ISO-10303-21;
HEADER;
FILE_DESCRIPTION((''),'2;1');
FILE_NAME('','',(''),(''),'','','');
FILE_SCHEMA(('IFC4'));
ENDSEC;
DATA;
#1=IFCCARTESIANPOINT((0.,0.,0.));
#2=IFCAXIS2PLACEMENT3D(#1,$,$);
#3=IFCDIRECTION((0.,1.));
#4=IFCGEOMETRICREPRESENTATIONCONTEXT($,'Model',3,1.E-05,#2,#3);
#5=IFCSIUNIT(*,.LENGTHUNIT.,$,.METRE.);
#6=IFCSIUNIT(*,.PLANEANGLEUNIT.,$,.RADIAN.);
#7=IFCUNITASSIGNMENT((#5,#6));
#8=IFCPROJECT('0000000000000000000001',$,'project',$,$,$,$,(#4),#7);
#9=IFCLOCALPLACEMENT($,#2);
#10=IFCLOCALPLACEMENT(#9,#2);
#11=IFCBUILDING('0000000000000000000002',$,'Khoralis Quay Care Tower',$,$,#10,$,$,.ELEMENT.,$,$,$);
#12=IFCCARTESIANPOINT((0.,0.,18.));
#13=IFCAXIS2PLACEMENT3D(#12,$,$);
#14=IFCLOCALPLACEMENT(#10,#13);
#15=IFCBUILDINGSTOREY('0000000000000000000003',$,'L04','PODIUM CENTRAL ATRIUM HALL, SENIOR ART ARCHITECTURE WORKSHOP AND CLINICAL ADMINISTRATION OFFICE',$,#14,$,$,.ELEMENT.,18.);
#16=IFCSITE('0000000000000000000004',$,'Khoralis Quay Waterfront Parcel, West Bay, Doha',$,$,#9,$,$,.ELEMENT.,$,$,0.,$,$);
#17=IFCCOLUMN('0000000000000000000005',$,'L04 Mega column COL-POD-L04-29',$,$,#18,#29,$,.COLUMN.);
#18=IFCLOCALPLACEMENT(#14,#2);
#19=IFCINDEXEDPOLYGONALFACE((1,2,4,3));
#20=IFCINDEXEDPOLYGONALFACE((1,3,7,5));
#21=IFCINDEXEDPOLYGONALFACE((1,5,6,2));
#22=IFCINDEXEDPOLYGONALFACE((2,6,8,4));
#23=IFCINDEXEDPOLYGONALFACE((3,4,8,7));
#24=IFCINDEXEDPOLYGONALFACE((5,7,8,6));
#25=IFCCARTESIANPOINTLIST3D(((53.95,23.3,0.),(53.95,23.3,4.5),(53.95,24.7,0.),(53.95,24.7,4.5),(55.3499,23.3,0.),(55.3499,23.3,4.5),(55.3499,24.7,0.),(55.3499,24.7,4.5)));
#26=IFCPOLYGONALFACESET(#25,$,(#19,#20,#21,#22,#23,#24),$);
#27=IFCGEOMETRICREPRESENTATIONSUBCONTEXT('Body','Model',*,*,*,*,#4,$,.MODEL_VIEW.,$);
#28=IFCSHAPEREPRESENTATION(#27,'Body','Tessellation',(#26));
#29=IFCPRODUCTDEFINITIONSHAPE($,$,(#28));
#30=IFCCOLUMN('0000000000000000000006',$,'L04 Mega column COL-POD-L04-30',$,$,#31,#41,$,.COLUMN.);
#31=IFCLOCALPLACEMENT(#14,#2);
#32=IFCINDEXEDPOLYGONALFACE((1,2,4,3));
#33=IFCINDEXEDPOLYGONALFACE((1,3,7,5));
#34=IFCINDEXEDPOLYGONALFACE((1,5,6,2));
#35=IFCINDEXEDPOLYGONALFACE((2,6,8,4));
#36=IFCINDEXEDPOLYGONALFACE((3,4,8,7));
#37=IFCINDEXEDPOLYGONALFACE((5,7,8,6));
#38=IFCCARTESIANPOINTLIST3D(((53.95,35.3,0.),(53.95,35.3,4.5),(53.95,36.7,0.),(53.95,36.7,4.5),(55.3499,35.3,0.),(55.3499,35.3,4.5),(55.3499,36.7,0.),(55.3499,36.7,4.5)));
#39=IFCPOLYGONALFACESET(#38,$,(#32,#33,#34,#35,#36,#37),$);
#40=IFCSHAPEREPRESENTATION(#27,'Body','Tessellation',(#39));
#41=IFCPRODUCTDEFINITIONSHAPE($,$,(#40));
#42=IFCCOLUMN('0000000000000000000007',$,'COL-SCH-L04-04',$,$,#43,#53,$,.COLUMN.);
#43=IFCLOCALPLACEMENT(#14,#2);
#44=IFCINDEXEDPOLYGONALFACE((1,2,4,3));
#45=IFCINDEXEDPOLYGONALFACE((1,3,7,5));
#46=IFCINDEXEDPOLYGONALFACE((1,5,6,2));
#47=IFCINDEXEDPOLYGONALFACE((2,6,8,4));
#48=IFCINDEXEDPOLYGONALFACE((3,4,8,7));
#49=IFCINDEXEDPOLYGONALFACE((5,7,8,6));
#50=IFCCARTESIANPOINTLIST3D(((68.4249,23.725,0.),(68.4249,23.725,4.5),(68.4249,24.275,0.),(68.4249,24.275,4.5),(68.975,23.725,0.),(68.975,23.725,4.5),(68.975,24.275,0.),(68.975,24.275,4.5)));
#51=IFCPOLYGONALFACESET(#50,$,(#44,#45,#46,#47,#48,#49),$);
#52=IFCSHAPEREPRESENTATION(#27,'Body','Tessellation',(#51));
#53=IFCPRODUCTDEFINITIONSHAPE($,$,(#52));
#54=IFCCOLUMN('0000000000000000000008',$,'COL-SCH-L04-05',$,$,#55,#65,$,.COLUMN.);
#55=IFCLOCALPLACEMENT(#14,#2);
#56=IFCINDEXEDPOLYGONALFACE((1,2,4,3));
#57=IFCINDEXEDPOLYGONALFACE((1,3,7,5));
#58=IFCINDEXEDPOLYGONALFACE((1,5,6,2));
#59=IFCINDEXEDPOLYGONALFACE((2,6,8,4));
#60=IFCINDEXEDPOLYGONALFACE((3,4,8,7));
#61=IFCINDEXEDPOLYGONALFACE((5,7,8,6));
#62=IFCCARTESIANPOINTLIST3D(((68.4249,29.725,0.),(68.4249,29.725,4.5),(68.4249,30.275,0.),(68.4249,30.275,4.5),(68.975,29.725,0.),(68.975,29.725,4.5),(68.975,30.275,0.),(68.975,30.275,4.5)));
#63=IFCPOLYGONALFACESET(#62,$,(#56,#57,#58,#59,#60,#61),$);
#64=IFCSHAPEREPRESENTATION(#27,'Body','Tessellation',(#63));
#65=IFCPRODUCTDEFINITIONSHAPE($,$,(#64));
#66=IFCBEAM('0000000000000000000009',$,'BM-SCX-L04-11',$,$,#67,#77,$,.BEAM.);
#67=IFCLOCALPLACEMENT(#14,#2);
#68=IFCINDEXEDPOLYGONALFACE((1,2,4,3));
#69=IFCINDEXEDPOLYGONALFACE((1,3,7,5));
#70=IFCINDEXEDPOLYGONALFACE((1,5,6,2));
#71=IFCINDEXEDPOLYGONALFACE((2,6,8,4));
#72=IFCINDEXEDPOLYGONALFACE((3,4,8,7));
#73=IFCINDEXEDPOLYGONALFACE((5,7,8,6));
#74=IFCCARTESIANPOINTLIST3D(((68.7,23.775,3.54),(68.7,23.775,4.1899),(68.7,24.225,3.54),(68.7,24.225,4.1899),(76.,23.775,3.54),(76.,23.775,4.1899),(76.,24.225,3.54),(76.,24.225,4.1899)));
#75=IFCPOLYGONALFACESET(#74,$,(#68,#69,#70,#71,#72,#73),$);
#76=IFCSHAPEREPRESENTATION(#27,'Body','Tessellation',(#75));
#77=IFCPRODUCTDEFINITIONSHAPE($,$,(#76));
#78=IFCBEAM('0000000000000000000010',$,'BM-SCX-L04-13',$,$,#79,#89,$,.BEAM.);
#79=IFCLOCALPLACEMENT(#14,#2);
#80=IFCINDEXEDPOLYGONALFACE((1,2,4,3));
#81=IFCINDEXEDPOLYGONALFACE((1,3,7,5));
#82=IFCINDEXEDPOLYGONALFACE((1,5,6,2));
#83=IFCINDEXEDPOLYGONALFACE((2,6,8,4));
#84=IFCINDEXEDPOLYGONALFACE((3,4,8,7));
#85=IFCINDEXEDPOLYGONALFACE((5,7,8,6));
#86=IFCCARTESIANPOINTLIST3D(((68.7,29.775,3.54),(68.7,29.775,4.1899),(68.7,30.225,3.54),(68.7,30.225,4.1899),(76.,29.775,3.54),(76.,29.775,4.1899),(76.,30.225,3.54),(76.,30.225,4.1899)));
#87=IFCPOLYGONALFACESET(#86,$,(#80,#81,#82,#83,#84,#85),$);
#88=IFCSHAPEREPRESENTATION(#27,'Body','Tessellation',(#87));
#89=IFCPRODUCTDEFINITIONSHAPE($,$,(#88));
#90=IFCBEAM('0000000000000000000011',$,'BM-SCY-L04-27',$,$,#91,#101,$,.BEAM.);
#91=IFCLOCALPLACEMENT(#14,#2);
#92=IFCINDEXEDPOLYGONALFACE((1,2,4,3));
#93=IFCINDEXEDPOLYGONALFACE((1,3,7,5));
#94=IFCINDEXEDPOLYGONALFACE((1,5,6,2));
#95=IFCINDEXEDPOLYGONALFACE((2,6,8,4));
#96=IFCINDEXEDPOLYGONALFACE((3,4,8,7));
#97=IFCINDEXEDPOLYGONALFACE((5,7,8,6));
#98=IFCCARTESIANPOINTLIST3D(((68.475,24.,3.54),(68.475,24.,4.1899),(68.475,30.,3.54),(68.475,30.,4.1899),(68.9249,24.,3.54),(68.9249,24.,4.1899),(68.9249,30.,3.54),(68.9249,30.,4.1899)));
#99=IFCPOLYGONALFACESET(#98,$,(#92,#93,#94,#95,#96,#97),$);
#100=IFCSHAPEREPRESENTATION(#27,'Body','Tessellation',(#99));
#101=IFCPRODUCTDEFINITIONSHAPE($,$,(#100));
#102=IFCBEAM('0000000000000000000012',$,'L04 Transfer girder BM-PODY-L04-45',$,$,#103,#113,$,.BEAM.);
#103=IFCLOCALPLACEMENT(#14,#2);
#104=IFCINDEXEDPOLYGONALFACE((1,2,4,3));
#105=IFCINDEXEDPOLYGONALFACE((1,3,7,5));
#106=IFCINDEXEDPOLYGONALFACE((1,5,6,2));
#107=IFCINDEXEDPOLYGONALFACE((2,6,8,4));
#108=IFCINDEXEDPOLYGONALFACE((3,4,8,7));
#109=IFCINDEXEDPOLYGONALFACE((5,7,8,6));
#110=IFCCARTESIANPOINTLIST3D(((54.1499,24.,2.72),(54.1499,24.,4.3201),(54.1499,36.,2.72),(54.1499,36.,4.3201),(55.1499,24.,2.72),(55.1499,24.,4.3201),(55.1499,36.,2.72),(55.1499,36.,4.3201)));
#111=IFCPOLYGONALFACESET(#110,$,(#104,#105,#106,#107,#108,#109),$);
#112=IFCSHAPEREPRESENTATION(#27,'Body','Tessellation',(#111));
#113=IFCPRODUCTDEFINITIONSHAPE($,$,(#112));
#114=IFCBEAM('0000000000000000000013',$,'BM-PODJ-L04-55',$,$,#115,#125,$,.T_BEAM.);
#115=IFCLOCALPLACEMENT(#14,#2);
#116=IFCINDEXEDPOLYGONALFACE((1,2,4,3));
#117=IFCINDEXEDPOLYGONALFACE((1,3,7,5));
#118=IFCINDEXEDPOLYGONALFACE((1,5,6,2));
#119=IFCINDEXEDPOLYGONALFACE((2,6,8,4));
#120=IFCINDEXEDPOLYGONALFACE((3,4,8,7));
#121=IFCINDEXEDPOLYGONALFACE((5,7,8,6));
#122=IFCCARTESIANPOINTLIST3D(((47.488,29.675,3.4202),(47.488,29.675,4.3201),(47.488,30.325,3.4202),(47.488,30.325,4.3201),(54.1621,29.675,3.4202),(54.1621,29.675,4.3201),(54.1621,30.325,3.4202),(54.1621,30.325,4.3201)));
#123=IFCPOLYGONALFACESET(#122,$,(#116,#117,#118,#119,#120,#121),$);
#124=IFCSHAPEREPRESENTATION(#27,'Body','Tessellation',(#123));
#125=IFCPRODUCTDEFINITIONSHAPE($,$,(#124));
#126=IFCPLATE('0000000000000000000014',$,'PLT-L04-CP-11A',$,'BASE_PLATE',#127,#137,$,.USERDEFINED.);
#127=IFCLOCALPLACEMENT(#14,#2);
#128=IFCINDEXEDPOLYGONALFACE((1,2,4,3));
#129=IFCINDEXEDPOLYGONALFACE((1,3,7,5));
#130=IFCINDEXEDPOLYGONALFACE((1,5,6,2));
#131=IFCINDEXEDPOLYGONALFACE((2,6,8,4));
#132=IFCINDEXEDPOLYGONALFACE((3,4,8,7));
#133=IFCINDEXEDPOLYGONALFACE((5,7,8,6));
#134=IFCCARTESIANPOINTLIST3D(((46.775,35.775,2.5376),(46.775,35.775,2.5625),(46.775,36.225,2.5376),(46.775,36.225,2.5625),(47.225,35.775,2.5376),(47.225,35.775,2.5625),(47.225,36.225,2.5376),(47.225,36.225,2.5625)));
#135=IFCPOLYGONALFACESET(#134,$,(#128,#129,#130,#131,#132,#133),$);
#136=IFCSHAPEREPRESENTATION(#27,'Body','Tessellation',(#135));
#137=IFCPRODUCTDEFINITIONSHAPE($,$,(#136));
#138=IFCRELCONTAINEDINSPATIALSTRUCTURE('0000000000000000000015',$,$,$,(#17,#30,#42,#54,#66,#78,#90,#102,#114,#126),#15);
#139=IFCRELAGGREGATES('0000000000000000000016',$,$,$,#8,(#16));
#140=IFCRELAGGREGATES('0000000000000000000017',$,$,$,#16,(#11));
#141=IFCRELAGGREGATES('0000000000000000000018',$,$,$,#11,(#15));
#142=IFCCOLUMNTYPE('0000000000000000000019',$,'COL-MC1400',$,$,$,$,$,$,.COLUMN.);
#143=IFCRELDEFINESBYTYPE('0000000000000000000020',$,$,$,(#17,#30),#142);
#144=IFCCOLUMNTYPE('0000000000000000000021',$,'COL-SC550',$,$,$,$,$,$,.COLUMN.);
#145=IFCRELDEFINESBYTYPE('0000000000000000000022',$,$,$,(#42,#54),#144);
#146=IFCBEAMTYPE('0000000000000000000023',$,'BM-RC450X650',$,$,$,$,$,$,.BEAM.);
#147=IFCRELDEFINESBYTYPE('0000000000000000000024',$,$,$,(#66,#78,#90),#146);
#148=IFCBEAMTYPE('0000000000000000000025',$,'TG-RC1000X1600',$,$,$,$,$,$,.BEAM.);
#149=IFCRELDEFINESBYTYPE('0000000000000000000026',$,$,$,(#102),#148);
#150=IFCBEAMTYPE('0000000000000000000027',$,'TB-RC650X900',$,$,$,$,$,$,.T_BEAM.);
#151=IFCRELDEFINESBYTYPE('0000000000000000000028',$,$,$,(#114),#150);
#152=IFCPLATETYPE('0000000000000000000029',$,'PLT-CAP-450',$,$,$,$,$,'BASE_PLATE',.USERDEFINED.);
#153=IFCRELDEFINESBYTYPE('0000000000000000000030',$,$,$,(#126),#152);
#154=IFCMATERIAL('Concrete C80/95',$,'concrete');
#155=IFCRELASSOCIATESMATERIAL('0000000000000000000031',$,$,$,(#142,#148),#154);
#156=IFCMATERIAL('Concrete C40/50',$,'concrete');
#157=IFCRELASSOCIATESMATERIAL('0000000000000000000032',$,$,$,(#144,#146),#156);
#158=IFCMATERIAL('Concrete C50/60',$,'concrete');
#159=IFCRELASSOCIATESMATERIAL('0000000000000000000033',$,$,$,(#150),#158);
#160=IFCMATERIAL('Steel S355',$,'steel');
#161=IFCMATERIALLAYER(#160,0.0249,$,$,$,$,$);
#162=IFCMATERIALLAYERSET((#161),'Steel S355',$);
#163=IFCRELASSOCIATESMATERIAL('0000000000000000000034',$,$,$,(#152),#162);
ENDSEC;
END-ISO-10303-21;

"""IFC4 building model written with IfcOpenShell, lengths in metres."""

from ifc_helpers import new_model, si_unit, direction, frame, origin, origin_2d, place, context, subcontext, project, spatial, rectangle, extrude, source, transform, mapped, material, layer, layer_set, material_profile, profile_set, type_object, element, save


model = new_model("IFC4")

# Units and contexts
model_context = context("Model", 3, precision=1e-05, world=origin(), true_north=direction((0.0, 1.0)))
body_context = subcontext(model_context, "Body", "Model", "MODEL_VIEW")
ifc_project = project(units=[si_unit("LENGTHUNIT", "METRE"), si_unit("PLANEANGLEUNIT", "RADIAN")], contexts=[model_context])

# Site, building, storey
site_placement = place(None, origin())
site = spatial("IfcSite", under=ifc_project, at=site_placement, Name="Khoralis Quay Waterfront Parcel, West Bay, Doha", CompositionType="ELEMENT", RefElevation=0.0)
building_placement = place(site_placement, origin())
building = spatial("IfcBuilding", under=site, at=building_placement, Name="Khoralis Quay Care Tower", CompositionType="ELEMENT")
storey_placement = place(building_placement, frame((0.0, 0.0, 18.0)))
storey = spatial("IfcBuildingStorey", under=building, at=storey_placement, Name="L04", Description="PODIUM CENTRAL ATRIUM HALL, SENIOR ART ARCHITECTURE WORKSHOP AND CLINICAL ADMINISTRATION OFFICE", CompositionType="ELEMENT", Elevation=18.0)

# Columns
ifc_material_1 = material(Name="Concrete C80/95", Category="concrete")
ifc_material_profile_1 = material_profile(ifc_material_1, rectangle(XDim=1.3999, YDim=1.3999, at=origin_2d()), Name="Concrete C80/95")
ifc_profile_set_1 = profile_set([ifc_material_profile_1], Name="Concrete C80/95")
column_type_1 = type_object("IfcColumnType", Name="COL-MC1400", PredefinedType="COLUMN", material=ifc_profile_set_1)
shared_shape_1 = source(origin(), body_context, "Body", "SweptSolid", [
    extrude(rectangle(XDim=1.3999, YDim=1.3999, at=origin_2d()), origin(), (0.0, 0.0, 1.0), 4.5),
])
for number, where, z_axis, x_axis, name in (
    (1, (54.6499, 24.0, 0.0), (0.0, 0.0, 1.0), (1.0, 0.0, 0.0), "L04 Mega column COL-POD-L04-29"),
    (2, (54.6499, 36.0, 0.0), (0.0, 0.0, 1.0), (1.0, 0.0, 0.0), "L04 Mega column COL-POD-L04-30"),
):
    element("IfcColumn", number, at=place(storey_placement, frame(where, z_axis=z_axis, x_axis=x_axis)), inside=storey, type_object=column_type_1, Name=name, PredefinedType="COLUMN", context=body_context, shape_type="MappedRepresentation", body=[
        mapped(shared_shape_1, transform((0.0, 0.0, 0.0), scale=1.0)),
    ])
ifc_material_2 = material(Name="Concrete C40/50", Category="concrete")
ifc_material_profile_2 = material_profile(ifc_material_2, rectangle(XDim=0.55, YDim=0.55, at=origin_2d()), Name="Concrete C40/50")
ifc_profile_set_2 = profile_set([ifc_material_profile_2], Name="Concrete C40/50")
column_type_2 = type_object("IfcColumnType", Name="COL-SC550", PredefinedType="COLUMN", material=ifc_profile_set_2)
shared_shape_2 = source(origin(), body_context, "Body", "SweptSolid", [
    extrude(rectangle(XDim=0.55, YDim=0.55, at=origin_2d()), origin(), (0.0, 0.0, 1.0), 4.5),
])
for number, where, z_axis, x_axis, name in (
    (3, (68.7, 24.0, 0.0), (0.0, 0.0, 1.0), (1.0, 0.0, 0.0), "COL-SCH-L04-04"),
    (4, (68.7, 30.0, 0.0), (0.0, 0.0, 1.0), (1.0, 0.0, 0.0), "COL-SCH-L04-05"),
):
    element("IfcColumn", number, at=place(storey_placement, frame(where, z_axis=z_axis, x_axis=x_axis)), inside=storey, type_object=column_type_2, Name=name, PredefinedType="COLUMN", context=body_context, shape_type="MappedRepresentation", body=[
        mapped(shared_shape_2, transform((0.0, 0.0, 0.0), scale=1.0)),
    ])

# Beams
ifc_material_profile_3 = material_profile(ifc_material_2, rectangle(XDim=0.45, YDim=0.6499, at=origin_2d()), Name="Concrete C40/50")
ifc_profile_set_3 = profile_set([ifc_material_profile_3], Name="Concrete C40/50")
beam_type_1 = type_object("IfcBeamType", Name="BM-RC450X650", PredefinedType="BEAM", material=ifc_profile_set_3)
shared_shape_3 = source(origin(), body_context, "Body", "SweptSolid", [
    extrude(rectangle(XDim=0.45, YDim=0.6499, at=origin_2d()), origin(), (0.0, 0.0, 1.0), 7.3),
])
for number, where, z_axis, x_axis, name in (
    (5, (68.7, 24.0, 3.865), (1.0, 0.0, 0.0), (0.0, 1.0, 0.0), "BM-SCX-L04-11"),
    (6, (68.7, 30.0, 3.865), (1.0, 0.0, 0.0), (0.0, 1.0, 0.0), "BM-SCX-L04-13"),
):
    element("IfcBeam", number, at=place(storey_placement, frame(where, z_axis=z_axis, x_axis=x_axis)), inside=storey, type_object=beam_type_1, Name=name, PredefinedType="BEAM", context=body_context, shape_type="MappedRepresentation", body=[
        mapped(shared_shape_3, transform((0.0, 0.0, 0.0), scale=1.0)),
    ])
shared_shape_4 = source(origin(), body_context, "Body", "SweptSolid", [
    extrude(rectangle(XDim=0.45, YDim=0.6499, at=origin_2d()), origin(), (0.0, 0.0, 1.0), 6.0),
])
beam_1_placement = place(storey_placement, frame((68.7, 24.0, 3.865), z_axis=(0.0, 1.0, 0.0), x_axis=(-1.0, 0.0, 0.0)))
element("IfcBeam", 7, at=beam_1_placement, inside=storey, type_object=beam_type_1, Name="BM-SCY-L04-27", PredefinedType="BEAM", context=body_context, shape_type="MappedRepresentation", body=[
    mapped(shared_shape_4, transform((0.0, 0.0, 0.0), scale=1.0)),
])
ifc_material_profile_4 = material_profile(ifc_material_1, rectangle(XDim=1.0, YDim=1.6001, at=origin_2d()), Name="Concrete C80/95")
ifc_profile_set_4 = profile_set([ifc_material_profile_4], Name="Concrete C80/95")
beam_type_2 = type_object("IfcBeamType", Name="TG-RC1000X1600", PredefinedType="BEAM", material=ifc_profile_set_4)
shared_shape_5 = source(origin(), body_context, "Body", "SweptSolid", [
    extrude(rectangle(XDim=1.0, YDim=1.6001, at=origin_2d()), origin(), (0.0, 0.0, 1.0), 12.0),
])
beam_2_placement = place(storey_placement, frame((54.6499, 24.0, 3.52), z_axis=(0.0, 1.0, 0.0), x_axis=(-1.0, 0.0, 0.0)))
element("IfcBeam", 8, at=beam_2_placement, inside=storey, type_object=beam_type_2, Name="L04 Transfer girder BM-PODY-L04-45", PredefinedType="BEAM", context=body_context, shape_type="MappedRepresentation", body=[
    mapped(shared_shape_5, transform((0.0, 0.0, 0.0), scale=1.0)),
])
ifc_material_3 = material(Name="Concrete C50/60", Category="concrete")
ifc_material_profile_5 = material_profile(ifc_material_3, rectangle(XDim=0.6499, YDim=0.8999, at=origin_2d()), Name="Concrete C50/60")
ifc_profile_set_5 = profile_set([ifc_material_profile_5], Name="Concrete C50/60")
beam_type_3 = type_object("IfcBeamType", Name="TB-RC650X900", PredefinedType="T_BEAM", material=ifc_profile_set_5)
shared_shape_6 = source(origin(), body_context, "Body", "SweptSolid", [
    extrude(rectangle(XDim=0.6499, YDim=0.8999, at=origin_2d()), origin(), (0.0, 0.0, 1.0), 6.6741),
])
beam_3_placement = place(storey_placement, frame((47.488, 30.0, 3.8701), z_axis=(1.0, 0.0, 0.0), x_axis=(0.0, 1.0, 0.0)))
element("IfcBeam", 9, at=beam_3_placement, inside=storey, type_object=beam_type_3, Name="BM-PODJ-L04-55", PredefinedType="T_BEAM", context=body_context, shape_type="MappedRepresentation", body=[
    mapped(shared_shape_6, transform((0.0, 0.0, 0.0), scale=1.0)),
])

# Plate
ifc_material_4 = material(Name="Steel S355", Category="steel")
ifc_layer = layer(ifc_material_4, 0.0249)
ifc_layer_set = layer_set([ifc_layer], Name="Steel S355")
plate_type = type_object("IfcPlateType", Name="PLT-CAP-450", ElementType="BASE_PLATE", PredefinedType="USERDEFINED", material=ifc_layer_set)
shared_shape_7 = source(origin(), body_context, "Body", "SweptSolid", [
    extrude(rectangle(XDim=0.45, YDim=0.45, at=origin_2d()), origin(), (0.0, 0.0, 1.0), 0.0249),
])
plate_placement = place(storey_placement, frame((47.0, 36.0, 2.5376), z_axis=(0.0, 0.0, 1.0), x_axis=(1.0, 0.0, 0.0)))
element("IfcPlate", 10, at=plate_placement, inside=storey, type_object=plate_type, Name="PLT-L04-CP-11A", ObjectType="BASE_PLATE", PredefinedType="USERDEFINED", context=body_context, shape_type="MappedRepresentation", body=[
    mapped(shared_shape_7, transform((0.0, 0.0, 0.0), scale=1.0)),
])

save(model, "model.ifc")
